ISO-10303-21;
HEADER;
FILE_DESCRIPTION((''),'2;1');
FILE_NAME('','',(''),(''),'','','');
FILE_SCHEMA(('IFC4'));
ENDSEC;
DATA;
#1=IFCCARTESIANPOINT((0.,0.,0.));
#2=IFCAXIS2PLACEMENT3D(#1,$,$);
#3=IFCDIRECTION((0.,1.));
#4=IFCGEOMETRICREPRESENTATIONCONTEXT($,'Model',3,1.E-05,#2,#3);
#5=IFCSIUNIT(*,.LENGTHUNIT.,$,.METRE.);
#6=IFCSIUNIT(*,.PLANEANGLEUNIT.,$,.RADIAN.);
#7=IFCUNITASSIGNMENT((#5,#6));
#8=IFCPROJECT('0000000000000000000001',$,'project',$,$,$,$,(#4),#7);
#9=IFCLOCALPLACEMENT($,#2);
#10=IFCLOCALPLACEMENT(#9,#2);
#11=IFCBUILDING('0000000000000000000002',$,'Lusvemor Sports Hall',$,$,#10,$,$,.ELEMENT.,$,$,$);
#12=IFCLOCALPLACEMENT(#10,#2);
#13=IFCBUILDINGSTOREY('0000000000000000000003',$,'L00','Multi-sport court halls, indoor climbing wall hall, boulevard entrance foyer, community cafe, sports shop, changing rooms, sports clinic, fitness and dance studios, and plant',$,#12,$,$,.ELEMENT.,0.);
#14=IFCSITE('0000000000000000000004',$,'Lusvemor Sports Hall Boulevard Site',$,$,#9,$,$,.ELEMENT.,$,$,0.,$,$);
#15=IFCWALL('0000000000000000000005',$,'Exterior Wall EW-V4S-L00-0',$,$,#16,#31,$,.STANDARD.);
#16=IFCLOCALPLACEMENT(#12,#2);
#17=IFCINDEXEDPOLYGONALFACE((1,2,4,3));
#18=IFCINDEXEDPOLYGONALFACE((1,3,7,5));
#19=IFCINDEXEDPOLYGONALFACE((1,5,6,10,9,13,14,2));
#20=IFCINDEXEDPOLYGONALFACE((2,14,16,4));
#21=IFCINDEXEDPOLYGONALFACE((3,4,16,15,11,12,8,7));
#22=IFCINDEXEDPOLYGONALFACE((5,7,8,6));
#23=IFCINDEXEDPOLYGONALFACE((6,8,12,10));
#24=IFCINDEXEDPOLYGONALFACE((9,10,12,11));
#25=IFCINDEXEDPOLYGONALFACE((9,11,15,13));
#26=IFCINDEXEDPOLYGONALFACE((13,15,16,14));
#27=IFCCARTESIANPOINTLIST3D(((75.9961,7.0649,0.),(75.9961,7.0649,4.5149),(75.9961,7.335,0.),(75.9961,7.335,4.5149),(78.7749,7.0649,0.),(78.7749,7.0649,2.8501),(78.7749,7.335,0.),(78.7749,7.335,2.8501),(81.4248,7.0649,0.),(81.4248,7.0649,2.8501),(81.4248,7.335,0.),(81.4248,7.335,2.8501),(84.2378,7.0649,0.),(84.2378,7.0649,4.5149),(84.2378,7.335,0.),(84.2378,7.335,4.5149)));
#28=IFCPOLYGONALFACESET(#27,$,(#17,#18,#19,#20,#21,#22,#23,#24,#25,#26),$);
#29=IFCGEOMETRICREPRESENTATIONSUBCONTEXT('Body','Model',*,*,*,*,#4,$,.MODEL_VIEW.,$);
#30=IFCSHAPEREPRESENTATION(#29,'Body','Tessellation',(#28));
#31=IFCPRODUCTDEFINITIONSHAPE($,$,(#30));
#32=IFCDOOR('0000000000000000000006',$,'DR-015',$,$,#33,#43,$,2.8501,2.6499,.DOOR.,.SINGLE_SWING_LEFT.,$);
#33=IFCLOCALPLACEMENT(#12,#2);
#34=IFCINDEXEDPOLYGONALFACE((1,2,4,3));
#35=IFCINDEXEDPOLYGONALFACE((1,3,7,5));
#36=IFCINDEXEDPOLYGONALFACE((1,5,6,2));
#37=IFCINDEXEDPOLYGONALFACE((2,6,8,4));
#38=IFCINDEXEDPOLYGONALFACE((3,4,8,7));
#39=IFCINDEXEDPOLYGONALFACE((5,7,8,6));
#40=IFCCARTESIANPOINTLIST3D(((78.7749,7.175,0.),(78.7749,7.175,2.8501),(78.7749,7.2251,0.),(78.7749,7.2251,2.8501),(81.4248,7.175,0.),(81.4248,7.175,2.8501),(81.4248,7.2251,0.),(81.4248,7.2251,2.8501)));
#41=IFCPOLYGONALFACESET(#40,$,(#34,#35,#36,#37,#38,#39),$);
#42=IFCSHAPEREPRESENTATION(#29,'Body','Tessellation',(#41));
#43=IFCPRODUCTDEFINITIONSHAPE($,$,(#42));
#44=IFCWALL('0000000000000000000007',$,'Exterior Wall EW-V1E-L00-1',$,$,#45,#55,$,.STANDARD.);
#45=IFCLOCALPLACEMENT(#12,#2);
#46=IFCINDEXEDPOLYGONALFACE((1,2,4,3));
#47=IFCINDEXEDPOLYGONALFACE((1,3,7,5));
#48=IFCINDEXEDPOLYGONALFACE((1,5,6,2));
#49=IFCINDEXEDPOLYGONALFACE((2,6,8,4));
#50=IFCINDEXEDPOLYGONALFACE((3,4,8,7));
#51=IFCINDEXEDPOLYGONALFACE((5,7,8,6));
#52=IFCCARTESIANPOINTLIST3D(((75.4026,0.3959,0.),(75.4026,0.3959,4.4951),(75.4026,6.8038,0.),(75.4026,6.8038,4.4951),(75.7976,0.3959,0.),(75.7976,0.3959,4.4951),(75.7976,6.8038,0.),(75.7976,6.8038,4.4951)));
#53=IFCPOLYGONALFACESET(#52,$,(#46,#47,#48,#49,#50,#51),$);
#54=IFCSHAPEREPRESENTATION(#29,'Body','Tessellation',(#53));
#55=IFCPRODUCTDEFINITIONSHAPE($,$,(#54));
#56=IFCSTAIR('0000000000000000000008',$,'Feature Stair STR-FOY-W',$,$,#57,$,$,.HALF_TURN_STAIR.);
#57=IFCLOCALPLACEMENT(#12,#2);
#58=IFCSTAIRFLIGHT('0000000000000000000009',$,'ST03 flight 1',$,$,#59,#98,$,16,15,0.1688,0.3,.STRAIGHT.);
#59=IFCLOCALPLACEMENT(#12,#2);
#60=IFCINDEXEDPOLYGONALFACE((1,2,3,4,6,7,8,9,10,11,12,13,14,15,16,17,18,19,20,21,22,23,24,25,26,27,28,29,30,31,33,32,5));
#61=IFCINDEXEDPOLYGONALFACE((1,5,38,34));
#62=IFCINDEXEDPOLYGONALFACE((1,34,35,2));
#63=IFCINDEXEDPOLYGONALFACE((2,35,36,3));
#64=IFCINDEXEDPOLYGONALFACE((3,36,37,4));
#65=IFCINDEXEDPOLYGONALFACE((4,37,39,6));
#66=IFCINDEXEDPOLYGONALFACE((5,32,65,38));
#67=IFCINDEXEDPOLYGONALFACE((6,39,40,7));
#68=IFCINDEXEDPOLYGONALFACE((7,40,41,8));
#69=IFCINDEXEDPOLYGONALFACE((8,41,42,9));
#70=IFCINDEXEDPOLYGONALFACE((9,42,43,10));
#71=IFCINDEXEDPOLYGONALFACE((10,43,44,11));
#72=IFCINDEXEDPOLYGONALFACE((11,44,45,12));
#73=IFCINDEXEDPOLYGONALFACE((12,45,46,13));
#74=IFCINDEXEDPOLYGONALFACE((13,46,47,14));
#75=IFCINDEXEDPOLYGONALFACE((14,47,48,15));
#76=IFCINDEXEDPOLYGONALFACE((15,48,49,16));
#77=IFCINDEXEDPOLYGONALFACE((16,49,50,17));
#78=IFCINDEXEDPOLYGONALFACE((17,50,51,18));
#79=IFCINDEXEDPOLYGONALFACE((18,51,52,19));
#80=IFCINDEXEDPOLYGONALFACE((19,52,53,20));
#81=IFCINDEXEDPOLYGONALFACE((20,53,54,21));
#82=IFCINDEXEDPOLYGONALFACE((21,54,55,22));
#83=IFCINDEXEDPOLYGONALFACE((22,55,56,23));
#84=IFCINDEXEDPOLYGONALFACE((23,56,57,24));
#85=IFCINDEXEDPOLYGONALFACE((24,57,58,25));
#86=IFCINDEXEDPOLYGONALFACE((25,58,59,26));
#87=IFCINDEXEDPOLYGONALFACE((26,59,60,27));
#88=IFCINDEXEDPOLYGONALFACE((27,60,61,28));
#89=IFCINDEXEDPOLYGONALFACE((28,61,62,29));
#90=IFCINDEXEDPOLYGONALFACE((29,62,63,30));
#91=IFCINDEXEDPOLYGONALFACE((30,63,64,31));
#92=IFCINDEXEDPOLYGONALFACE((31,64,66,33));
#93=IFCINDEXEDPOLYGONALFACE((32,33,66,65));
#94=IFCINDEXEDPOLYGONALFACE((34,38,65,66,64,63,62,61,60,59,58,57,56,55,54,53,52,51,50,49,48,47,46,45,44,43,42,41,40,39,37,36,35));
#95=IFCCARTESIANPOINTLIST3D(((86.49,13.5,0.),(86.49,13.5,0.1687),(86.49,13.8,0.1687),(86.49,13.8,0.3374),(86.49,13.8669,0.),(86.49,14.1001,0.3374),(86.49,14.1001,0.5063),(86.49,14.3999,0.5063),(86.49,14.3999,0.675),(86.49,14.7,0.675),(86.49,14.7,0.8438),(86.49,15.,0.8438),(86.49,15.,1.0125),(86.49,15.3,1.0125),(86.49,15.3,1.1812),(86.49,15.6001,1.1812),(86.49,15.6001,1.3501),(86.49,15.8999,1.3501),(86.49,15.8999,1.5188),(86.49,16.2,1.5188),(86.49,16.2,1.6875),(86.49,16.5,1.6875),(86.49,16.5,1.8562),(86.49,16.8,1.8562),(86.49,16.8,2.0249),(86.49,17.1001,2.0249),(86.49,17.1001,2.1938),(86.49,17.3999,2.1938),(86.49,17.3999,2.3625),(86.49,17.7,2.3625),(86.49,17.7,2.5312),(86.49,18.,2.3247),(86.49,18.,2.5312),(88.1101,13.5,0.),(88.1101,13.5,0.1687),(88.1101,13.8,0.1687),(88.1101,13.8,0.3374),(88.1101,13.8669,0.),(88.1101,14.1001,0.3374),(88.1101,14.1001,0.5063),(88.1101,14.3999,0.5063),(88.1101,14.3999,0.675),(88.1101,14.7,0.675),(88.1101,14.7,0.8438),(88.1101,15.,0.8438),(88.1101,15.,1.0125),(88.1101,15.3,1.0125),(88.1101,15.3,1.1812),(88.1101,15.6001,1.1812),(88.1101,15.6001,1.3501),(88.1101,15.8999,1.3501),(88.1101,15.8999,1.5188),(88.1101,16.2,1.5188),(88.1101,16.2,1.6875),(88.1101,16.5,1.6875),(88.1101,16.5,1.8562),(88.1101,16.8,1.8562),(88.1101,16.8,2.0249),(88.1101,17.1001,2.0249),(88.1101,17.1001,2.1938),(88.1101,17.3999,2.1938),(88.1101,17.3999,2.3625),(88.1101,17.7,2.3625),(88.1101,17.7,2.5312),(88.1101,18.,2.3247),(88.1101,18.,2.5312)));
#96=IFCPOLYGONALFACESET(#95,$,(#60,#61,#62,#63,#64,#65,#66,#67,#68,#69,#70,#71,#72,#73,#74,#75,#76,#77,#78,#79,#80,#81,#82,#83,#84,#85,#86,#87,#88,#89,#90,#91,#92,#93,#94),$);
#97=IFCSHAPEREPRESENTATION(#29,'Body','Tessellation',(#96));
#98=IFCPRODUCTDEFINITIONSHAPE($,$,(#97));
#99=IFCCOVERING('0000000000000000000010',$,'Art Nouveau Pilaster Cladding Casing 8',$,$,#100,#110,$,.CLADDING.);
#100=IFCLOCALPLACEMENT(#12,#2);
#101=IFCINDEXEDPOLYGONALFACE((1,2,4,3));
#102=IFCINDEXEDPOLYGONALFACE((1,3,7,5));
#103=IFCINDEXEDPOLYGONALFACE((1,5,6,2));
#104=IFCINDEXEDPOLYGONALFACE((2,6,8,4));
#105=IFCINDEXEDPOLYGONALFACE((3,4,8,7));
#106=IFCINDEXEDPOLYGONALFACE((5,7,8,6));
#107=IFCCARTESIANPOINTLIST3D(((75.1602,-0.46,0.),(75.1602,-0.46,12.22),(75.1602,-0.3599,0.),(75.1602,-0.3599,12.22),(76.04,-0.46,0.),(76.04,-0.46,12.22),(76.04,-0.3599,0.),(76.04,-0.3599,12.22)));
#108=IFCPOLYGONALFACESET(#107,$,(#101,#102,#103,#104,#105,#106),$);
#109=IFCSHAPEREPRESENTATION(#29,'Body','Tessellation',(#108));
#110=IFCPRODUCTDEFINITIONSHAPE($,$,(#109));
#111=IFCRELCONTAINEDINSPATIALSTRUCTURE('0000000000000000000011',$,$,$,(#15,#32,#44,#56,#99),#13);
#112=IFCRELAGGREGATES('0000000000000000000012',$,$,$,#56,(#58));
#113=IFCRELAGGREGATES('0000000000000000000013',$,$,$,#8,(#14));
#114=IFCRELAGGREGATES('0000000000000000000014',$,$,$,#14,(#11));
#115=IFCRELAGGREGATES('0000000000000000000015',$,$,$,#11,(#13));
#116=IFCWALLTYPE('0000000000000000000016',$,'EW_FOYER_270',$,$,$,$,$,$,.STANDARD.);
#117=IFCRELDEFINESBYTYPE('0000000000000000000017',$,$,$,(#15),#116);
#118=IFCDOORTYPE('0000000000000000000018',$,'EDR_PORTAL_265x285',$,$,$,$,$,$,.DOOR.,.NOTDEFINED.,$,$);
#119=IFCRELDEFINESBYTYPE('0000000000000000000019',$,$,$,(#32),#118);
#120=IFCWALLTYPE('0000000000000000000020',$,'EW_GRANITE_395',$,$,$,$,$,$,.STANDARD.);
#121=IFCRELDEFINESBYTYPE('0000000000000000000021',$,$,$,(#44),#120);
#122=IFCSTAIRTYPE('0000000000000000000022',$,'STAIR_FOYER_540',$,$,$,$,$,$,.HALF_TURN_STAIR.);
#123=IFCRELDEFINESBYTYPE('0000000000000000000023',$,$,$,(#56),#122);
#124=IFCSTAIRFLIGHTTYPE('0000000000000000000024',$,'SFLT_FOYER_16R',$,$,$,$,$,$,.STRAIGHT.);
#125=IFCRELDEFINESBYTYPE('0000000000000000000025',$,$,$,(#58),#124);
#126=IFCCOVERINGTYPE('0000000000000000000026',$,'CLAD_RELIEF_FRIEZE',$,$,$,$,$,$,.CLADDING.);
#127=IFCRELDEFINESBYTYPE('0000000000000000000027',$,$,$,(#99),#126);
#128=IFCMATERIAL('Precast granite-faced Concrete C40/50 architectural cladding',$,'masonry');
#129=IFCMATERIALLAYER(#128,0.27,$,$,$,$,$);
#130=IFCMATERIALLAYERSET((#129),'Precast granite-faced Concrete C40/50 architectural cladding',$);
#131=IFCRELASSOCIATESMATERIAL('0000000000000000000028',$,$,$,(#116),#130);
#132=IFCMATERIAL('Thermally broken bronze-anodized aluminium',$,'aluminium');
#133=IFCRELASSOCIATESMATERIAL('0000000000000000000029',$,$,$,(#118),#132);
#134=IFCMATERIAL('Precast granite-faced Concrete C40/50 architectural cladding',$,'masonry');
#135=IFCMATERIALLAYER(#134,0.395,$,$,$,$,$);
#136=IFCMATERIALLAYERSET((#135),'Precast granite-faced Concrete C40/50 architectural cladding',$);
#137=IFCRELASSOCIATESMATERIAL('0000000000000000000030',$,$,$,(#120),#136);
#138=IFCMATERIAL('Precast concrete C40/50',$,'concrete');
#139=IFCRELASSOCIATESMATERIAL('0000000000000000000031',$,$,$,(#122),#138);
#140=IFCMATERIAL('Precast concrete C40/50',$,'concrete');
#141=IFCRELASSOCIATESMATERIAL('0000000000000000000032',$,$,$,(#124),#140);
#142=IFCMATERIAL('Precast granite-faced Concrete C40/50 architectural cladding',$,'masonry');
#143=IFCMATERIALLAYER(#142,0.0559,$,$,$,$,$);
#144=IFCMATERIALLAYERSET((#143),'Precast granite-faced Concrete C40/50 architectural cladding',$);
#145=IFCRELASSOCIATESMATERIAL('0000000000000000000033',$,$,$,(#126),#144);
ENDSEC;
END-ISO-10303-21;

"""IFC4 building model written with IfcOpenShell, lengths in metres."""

from ifc_helpers import new_model, si_unit, direction, frame, frame_2d, origin, origin_2d, place, context, subcontext, project, spatial, polyline, rectangle, outline, extrude, material, layer, layer_set, type_object, element, fill, aggregate, save


model = new_model("IFC4")

# Units and contexts
model_context = context("Model", 3, precision=1e-05, world=origin(), true_north=direction((0.0, 1.0)))
body_context = subcontext(model_context, "Body", "Model", "MODEL_VIEW")
ifc_project = project(units=[si_unit("LENGTHUNIT", "METRE"), si_unit("PLANEANGLEUNIT", "RADIAN")], contexts=[model_context])

# Site, building, storey
site_placement = place(None, origin())
site = spatial("IfcSite", under=ifc_project, at=site_placement, Name="Lusvemor Sports Hall Boulevard Site", CompositionType="ELEMENT", RefElevation=0.0)
building_placement = place(site_placement, origin())
building = spatial("IfcBuilding", under=site, at=building_placement, Name="Lusvemor Sports Hall", CompositionType="ELEMENT")
storey_placement = place(building_placement, origin())
storey = spatial("IfcBuildingStorey", under=building, at=storey_placement, Name="L00", Description="Multi-sport court halls, indoor climbing wall hall, boulevard entrance foyer, community cafe, sports shop, changing rooms, sports clinic, fitness and dance studios, and plant", CompositionType="ELEMENT", Elevation=0.0)

# Wall, opening, door
ifc_material_1 = material(Name="Precast granite-faced Concrete C40/50 architectural cladding", Category="masonry")
ifc_layer_1 = layer(ifc_material_1, 0.27)
ifc_layer_set_1 = layer_set([ifc_layer_1], Name="Precast granite-faced Concrete C40/50 architectural cladding")
wall_type_1 = type_object("IfcWallType", Name="EW_FOYER_270", PredefinedType="STANDARD", material=ifc_layer_set_1)
wall_1_placement = place(storey_placement, frame((84.2378, 7.2, 0.0), z_axis=(0.0, 0.0, 1.0), x_axis=(-1.0, 0.0, 0.0)))
wall_1 = element("IfcWall", 1, at=wall_1_placement, inside=storey, type_object=wall_type_1, Name="Exterior Wall EW-V4S-L00-0", PredefinedType="STANDARD", context=body_context, shape_type="SweptSolid", body=[
    extrude(rectangle(XDim=8.2417, YDim=0.27, at=frame_2d((4.1208, 0.0))), origin(), (0.0, 0.0, 1.0), 4.5149),
])
opening_placement = place(wall_1_placement, frame((2.813, 0.0, 0.0)))
opening = element("IfcOpeningElement", 2, at=opening_placement, cuts=wall_1, PredefinedType="OPENING", context=body_context, shape_type="SweptSolid", body=[
    extrude(rectangle(XDim=2.6499, YDim=2.8501, at=frame_2d((1.325, 1.425))), frame((0.0, 0.135, 0.0), z_axis=(0.0, -1.0, 0.0), x_axis=(1.0, 0.0, 0.0)), (0.0, 0.0, 1.0), 0.27),
])
ifc_material_2 = material(Name="Thermally broken bronze-anodized aluminium", Category="aluminium")
door_type = type_object("IfcDoorType", Name="EDR_PORTAL_265x285", OperationType="NOTDEFINED", PredefinedType="DOOR", material=ifc_material_2)
door_placement = place(opening_placement, origin())
door = element("IfcDoor", 3, at=door_placement, inside=storey, type_object=door_type, Name="DR-015", OperationType="SINGLE_SWING_LEFT", OverallHeight=2.8501, OverallWidth=2.6499, PredefinedType="DOOR", context=body_context, shape_type="SweptSolid", body=[
    extrude(rectangle(XDim=2.6499, YDim=2.8501, at=frame_2d((1.325, 1.425))), frame((0.0, 0.0249, 0.0), z_axis=(0.0, -1.0, 0.0), x_axis=(1.0, 0.0, 0.0)), (0.0, 0.0, 1.0), 0.05),
])
fill(opening, door)

# Wall
ifc_material_3 = material(Name="Precast granite-faced Concrete C40/50 architectural cladding", Category="masonry")
ifc_layer_2 = layer(ifc_material_3, 0.395)
ifc_layer_set_2 = layer_set([ifc_layer_2], Name="Precast granite-faced Concrete C40/50 architectural cladding")
wall_type_2 = type_object("IfcWallType", Name="EW_GRANITE_395", PredefinedType="STANDARD", material=ifc_layer_set_2)
wall_2_placement = place(storey_placement, frame((75.6001, 6.804, 0.0), z_axis=(0.0, 0.0, 1.0), x_axis=(0.0, -1.0, 0.0)))
element("IfcWall", 4, at=wall_2_placement, inside=storey, type_object=wall_type_2, Name="Exterior Wall EW-V1E-L00-1", PredefinedType="STANDARD", context=body_context, shape_type="SweptSolid", body=[
    extrude(rectangle(XDim=6.408, YDim=0.395, at=frame_2d((3.2041, 0.0))), origin(), (0.0, 0.0, 1.0), 4.4951),
])

# Stair, stair flight
ifc_material_4 = material(Name="Precast concrete C40/50", Category="concrete")
stair_type = type_object("IfcStairType", Name="STAIR_FOYER_540", PredefinedType="HALF_TURN_STAIR", material=ifc_material_4)
stair_placement = place(storey_placement, origin())
stair = element("IfcStair", 5, at=stair_placement, inside=storey, type_object=stair_type, Name="Feature Stair STR-FOY-W", PredefinedType="HALF_TURN_STAIR")
ifc_material_5 = material(Name="Precast concrete C40/50", Category="concrete")
stair_flight_type = type_object("IfcStairFlightType", Name="SFLT_FOYER_16R", PredefinedType="STRAIGHT", material=ifc_material_5)
stair_flight_placement = place(storey_placement, frame((87.3, 13.5, 0.0), z_axis=(0.0, 0.0, 1.0), x_axis=(0.0, 1.0, 0.0)))
stair_flight = element("IfcStairFlight", 6, at=stair_flight_placement, type_object=stair_flight_type, Name="ST03 flight 1", NumberOfRisers=16, NumberOfTreads=15, PredefinedType="STRAIGHT", RiserHeight=0.1688, TreadLength=0.3, context=body_context, shape_type="SweptSolid", body=[
    extrude(outline(polyline([(0.0, 0.0), (0.0, 0.1687), (0.3, 0.1687), (0.3, 0.3374), (0.6001, 0.3374), (0.6001, 0.5063), (0.8999, 0.5063), (0.8999, 0.675), (1.2, 0.675), (1.2, 0.8438), (1.5, 0.8438), (1.5, 1.0125), (1.8, 1.0125), (1.8, 1.1812), (2.1001, 1.1812), (2.1001, 1.3501), (2.3999, 1.3501), (2.3999, 1.5188), (2.7, 1.5188), (2.7, 1.6875), (3.0, 1.6875), (3.0, 1.8562), (3.3, 1.8562), (3.3, 2.0249), (3.6001, 2.0249), (3.6001, 2.1938), (3.8999, 2.1938), (3.8999, 2.3625), (4.2, 2.3625), (4.2, 2.5312), (4.5, 2.5312), (4.5, 2.7), (4.5, 2.3247), (0.3669, 0.0), (0.0, 0.0)])), frame((0.0, 0.8101, 0.0), z_axis=(0.0, -1.0, 0.0), x_axis=(1.0, 0.0, 0.0)), (0.0, 0.0, 1.0), 1.6201),
])
aggregate(stair, [stair_flight])

# Covering
ifc_material_6 = material(Name="Precast granite-faced Concrete C40/50 architectural cladding", Category="masonry")
ifc_layer_3 = layer(ifc_material_6, 0.0559)
ifc_layer_set_3 = layer_set([ifc_layer_3], Name="Precast granite-faced Concrete C40/50 architectural cladding")
covering_type = type_object("IfcCoveringType", Name="CLAD_RELIEF_FRIEZE", PredefinedType="CLADDING", material=ifc_layer_set_3)
covering_placement = place(storey_placement, frame((75.6001, -0.4099, 0.0), z_axis=(0.0, 0.0, 1.0), x_axis=(1.0, 0.0, 0.0)))
element("IfcCovering", 7, at=covering_placement, inside=storey, type_object=covering_type, Name="Art Nouveau Pilaster Cladding Casing 8", PredefinedType="CLADDING", context=body_context, shape_type="SweptSolid", body=[
    extrude(rectangle(XDim=0.8799, YDim=0.1001, at=origin_2d()), origin(), (0.0, 0.0, 1.0), 12.22),
])

save(model, "model.ifc")
